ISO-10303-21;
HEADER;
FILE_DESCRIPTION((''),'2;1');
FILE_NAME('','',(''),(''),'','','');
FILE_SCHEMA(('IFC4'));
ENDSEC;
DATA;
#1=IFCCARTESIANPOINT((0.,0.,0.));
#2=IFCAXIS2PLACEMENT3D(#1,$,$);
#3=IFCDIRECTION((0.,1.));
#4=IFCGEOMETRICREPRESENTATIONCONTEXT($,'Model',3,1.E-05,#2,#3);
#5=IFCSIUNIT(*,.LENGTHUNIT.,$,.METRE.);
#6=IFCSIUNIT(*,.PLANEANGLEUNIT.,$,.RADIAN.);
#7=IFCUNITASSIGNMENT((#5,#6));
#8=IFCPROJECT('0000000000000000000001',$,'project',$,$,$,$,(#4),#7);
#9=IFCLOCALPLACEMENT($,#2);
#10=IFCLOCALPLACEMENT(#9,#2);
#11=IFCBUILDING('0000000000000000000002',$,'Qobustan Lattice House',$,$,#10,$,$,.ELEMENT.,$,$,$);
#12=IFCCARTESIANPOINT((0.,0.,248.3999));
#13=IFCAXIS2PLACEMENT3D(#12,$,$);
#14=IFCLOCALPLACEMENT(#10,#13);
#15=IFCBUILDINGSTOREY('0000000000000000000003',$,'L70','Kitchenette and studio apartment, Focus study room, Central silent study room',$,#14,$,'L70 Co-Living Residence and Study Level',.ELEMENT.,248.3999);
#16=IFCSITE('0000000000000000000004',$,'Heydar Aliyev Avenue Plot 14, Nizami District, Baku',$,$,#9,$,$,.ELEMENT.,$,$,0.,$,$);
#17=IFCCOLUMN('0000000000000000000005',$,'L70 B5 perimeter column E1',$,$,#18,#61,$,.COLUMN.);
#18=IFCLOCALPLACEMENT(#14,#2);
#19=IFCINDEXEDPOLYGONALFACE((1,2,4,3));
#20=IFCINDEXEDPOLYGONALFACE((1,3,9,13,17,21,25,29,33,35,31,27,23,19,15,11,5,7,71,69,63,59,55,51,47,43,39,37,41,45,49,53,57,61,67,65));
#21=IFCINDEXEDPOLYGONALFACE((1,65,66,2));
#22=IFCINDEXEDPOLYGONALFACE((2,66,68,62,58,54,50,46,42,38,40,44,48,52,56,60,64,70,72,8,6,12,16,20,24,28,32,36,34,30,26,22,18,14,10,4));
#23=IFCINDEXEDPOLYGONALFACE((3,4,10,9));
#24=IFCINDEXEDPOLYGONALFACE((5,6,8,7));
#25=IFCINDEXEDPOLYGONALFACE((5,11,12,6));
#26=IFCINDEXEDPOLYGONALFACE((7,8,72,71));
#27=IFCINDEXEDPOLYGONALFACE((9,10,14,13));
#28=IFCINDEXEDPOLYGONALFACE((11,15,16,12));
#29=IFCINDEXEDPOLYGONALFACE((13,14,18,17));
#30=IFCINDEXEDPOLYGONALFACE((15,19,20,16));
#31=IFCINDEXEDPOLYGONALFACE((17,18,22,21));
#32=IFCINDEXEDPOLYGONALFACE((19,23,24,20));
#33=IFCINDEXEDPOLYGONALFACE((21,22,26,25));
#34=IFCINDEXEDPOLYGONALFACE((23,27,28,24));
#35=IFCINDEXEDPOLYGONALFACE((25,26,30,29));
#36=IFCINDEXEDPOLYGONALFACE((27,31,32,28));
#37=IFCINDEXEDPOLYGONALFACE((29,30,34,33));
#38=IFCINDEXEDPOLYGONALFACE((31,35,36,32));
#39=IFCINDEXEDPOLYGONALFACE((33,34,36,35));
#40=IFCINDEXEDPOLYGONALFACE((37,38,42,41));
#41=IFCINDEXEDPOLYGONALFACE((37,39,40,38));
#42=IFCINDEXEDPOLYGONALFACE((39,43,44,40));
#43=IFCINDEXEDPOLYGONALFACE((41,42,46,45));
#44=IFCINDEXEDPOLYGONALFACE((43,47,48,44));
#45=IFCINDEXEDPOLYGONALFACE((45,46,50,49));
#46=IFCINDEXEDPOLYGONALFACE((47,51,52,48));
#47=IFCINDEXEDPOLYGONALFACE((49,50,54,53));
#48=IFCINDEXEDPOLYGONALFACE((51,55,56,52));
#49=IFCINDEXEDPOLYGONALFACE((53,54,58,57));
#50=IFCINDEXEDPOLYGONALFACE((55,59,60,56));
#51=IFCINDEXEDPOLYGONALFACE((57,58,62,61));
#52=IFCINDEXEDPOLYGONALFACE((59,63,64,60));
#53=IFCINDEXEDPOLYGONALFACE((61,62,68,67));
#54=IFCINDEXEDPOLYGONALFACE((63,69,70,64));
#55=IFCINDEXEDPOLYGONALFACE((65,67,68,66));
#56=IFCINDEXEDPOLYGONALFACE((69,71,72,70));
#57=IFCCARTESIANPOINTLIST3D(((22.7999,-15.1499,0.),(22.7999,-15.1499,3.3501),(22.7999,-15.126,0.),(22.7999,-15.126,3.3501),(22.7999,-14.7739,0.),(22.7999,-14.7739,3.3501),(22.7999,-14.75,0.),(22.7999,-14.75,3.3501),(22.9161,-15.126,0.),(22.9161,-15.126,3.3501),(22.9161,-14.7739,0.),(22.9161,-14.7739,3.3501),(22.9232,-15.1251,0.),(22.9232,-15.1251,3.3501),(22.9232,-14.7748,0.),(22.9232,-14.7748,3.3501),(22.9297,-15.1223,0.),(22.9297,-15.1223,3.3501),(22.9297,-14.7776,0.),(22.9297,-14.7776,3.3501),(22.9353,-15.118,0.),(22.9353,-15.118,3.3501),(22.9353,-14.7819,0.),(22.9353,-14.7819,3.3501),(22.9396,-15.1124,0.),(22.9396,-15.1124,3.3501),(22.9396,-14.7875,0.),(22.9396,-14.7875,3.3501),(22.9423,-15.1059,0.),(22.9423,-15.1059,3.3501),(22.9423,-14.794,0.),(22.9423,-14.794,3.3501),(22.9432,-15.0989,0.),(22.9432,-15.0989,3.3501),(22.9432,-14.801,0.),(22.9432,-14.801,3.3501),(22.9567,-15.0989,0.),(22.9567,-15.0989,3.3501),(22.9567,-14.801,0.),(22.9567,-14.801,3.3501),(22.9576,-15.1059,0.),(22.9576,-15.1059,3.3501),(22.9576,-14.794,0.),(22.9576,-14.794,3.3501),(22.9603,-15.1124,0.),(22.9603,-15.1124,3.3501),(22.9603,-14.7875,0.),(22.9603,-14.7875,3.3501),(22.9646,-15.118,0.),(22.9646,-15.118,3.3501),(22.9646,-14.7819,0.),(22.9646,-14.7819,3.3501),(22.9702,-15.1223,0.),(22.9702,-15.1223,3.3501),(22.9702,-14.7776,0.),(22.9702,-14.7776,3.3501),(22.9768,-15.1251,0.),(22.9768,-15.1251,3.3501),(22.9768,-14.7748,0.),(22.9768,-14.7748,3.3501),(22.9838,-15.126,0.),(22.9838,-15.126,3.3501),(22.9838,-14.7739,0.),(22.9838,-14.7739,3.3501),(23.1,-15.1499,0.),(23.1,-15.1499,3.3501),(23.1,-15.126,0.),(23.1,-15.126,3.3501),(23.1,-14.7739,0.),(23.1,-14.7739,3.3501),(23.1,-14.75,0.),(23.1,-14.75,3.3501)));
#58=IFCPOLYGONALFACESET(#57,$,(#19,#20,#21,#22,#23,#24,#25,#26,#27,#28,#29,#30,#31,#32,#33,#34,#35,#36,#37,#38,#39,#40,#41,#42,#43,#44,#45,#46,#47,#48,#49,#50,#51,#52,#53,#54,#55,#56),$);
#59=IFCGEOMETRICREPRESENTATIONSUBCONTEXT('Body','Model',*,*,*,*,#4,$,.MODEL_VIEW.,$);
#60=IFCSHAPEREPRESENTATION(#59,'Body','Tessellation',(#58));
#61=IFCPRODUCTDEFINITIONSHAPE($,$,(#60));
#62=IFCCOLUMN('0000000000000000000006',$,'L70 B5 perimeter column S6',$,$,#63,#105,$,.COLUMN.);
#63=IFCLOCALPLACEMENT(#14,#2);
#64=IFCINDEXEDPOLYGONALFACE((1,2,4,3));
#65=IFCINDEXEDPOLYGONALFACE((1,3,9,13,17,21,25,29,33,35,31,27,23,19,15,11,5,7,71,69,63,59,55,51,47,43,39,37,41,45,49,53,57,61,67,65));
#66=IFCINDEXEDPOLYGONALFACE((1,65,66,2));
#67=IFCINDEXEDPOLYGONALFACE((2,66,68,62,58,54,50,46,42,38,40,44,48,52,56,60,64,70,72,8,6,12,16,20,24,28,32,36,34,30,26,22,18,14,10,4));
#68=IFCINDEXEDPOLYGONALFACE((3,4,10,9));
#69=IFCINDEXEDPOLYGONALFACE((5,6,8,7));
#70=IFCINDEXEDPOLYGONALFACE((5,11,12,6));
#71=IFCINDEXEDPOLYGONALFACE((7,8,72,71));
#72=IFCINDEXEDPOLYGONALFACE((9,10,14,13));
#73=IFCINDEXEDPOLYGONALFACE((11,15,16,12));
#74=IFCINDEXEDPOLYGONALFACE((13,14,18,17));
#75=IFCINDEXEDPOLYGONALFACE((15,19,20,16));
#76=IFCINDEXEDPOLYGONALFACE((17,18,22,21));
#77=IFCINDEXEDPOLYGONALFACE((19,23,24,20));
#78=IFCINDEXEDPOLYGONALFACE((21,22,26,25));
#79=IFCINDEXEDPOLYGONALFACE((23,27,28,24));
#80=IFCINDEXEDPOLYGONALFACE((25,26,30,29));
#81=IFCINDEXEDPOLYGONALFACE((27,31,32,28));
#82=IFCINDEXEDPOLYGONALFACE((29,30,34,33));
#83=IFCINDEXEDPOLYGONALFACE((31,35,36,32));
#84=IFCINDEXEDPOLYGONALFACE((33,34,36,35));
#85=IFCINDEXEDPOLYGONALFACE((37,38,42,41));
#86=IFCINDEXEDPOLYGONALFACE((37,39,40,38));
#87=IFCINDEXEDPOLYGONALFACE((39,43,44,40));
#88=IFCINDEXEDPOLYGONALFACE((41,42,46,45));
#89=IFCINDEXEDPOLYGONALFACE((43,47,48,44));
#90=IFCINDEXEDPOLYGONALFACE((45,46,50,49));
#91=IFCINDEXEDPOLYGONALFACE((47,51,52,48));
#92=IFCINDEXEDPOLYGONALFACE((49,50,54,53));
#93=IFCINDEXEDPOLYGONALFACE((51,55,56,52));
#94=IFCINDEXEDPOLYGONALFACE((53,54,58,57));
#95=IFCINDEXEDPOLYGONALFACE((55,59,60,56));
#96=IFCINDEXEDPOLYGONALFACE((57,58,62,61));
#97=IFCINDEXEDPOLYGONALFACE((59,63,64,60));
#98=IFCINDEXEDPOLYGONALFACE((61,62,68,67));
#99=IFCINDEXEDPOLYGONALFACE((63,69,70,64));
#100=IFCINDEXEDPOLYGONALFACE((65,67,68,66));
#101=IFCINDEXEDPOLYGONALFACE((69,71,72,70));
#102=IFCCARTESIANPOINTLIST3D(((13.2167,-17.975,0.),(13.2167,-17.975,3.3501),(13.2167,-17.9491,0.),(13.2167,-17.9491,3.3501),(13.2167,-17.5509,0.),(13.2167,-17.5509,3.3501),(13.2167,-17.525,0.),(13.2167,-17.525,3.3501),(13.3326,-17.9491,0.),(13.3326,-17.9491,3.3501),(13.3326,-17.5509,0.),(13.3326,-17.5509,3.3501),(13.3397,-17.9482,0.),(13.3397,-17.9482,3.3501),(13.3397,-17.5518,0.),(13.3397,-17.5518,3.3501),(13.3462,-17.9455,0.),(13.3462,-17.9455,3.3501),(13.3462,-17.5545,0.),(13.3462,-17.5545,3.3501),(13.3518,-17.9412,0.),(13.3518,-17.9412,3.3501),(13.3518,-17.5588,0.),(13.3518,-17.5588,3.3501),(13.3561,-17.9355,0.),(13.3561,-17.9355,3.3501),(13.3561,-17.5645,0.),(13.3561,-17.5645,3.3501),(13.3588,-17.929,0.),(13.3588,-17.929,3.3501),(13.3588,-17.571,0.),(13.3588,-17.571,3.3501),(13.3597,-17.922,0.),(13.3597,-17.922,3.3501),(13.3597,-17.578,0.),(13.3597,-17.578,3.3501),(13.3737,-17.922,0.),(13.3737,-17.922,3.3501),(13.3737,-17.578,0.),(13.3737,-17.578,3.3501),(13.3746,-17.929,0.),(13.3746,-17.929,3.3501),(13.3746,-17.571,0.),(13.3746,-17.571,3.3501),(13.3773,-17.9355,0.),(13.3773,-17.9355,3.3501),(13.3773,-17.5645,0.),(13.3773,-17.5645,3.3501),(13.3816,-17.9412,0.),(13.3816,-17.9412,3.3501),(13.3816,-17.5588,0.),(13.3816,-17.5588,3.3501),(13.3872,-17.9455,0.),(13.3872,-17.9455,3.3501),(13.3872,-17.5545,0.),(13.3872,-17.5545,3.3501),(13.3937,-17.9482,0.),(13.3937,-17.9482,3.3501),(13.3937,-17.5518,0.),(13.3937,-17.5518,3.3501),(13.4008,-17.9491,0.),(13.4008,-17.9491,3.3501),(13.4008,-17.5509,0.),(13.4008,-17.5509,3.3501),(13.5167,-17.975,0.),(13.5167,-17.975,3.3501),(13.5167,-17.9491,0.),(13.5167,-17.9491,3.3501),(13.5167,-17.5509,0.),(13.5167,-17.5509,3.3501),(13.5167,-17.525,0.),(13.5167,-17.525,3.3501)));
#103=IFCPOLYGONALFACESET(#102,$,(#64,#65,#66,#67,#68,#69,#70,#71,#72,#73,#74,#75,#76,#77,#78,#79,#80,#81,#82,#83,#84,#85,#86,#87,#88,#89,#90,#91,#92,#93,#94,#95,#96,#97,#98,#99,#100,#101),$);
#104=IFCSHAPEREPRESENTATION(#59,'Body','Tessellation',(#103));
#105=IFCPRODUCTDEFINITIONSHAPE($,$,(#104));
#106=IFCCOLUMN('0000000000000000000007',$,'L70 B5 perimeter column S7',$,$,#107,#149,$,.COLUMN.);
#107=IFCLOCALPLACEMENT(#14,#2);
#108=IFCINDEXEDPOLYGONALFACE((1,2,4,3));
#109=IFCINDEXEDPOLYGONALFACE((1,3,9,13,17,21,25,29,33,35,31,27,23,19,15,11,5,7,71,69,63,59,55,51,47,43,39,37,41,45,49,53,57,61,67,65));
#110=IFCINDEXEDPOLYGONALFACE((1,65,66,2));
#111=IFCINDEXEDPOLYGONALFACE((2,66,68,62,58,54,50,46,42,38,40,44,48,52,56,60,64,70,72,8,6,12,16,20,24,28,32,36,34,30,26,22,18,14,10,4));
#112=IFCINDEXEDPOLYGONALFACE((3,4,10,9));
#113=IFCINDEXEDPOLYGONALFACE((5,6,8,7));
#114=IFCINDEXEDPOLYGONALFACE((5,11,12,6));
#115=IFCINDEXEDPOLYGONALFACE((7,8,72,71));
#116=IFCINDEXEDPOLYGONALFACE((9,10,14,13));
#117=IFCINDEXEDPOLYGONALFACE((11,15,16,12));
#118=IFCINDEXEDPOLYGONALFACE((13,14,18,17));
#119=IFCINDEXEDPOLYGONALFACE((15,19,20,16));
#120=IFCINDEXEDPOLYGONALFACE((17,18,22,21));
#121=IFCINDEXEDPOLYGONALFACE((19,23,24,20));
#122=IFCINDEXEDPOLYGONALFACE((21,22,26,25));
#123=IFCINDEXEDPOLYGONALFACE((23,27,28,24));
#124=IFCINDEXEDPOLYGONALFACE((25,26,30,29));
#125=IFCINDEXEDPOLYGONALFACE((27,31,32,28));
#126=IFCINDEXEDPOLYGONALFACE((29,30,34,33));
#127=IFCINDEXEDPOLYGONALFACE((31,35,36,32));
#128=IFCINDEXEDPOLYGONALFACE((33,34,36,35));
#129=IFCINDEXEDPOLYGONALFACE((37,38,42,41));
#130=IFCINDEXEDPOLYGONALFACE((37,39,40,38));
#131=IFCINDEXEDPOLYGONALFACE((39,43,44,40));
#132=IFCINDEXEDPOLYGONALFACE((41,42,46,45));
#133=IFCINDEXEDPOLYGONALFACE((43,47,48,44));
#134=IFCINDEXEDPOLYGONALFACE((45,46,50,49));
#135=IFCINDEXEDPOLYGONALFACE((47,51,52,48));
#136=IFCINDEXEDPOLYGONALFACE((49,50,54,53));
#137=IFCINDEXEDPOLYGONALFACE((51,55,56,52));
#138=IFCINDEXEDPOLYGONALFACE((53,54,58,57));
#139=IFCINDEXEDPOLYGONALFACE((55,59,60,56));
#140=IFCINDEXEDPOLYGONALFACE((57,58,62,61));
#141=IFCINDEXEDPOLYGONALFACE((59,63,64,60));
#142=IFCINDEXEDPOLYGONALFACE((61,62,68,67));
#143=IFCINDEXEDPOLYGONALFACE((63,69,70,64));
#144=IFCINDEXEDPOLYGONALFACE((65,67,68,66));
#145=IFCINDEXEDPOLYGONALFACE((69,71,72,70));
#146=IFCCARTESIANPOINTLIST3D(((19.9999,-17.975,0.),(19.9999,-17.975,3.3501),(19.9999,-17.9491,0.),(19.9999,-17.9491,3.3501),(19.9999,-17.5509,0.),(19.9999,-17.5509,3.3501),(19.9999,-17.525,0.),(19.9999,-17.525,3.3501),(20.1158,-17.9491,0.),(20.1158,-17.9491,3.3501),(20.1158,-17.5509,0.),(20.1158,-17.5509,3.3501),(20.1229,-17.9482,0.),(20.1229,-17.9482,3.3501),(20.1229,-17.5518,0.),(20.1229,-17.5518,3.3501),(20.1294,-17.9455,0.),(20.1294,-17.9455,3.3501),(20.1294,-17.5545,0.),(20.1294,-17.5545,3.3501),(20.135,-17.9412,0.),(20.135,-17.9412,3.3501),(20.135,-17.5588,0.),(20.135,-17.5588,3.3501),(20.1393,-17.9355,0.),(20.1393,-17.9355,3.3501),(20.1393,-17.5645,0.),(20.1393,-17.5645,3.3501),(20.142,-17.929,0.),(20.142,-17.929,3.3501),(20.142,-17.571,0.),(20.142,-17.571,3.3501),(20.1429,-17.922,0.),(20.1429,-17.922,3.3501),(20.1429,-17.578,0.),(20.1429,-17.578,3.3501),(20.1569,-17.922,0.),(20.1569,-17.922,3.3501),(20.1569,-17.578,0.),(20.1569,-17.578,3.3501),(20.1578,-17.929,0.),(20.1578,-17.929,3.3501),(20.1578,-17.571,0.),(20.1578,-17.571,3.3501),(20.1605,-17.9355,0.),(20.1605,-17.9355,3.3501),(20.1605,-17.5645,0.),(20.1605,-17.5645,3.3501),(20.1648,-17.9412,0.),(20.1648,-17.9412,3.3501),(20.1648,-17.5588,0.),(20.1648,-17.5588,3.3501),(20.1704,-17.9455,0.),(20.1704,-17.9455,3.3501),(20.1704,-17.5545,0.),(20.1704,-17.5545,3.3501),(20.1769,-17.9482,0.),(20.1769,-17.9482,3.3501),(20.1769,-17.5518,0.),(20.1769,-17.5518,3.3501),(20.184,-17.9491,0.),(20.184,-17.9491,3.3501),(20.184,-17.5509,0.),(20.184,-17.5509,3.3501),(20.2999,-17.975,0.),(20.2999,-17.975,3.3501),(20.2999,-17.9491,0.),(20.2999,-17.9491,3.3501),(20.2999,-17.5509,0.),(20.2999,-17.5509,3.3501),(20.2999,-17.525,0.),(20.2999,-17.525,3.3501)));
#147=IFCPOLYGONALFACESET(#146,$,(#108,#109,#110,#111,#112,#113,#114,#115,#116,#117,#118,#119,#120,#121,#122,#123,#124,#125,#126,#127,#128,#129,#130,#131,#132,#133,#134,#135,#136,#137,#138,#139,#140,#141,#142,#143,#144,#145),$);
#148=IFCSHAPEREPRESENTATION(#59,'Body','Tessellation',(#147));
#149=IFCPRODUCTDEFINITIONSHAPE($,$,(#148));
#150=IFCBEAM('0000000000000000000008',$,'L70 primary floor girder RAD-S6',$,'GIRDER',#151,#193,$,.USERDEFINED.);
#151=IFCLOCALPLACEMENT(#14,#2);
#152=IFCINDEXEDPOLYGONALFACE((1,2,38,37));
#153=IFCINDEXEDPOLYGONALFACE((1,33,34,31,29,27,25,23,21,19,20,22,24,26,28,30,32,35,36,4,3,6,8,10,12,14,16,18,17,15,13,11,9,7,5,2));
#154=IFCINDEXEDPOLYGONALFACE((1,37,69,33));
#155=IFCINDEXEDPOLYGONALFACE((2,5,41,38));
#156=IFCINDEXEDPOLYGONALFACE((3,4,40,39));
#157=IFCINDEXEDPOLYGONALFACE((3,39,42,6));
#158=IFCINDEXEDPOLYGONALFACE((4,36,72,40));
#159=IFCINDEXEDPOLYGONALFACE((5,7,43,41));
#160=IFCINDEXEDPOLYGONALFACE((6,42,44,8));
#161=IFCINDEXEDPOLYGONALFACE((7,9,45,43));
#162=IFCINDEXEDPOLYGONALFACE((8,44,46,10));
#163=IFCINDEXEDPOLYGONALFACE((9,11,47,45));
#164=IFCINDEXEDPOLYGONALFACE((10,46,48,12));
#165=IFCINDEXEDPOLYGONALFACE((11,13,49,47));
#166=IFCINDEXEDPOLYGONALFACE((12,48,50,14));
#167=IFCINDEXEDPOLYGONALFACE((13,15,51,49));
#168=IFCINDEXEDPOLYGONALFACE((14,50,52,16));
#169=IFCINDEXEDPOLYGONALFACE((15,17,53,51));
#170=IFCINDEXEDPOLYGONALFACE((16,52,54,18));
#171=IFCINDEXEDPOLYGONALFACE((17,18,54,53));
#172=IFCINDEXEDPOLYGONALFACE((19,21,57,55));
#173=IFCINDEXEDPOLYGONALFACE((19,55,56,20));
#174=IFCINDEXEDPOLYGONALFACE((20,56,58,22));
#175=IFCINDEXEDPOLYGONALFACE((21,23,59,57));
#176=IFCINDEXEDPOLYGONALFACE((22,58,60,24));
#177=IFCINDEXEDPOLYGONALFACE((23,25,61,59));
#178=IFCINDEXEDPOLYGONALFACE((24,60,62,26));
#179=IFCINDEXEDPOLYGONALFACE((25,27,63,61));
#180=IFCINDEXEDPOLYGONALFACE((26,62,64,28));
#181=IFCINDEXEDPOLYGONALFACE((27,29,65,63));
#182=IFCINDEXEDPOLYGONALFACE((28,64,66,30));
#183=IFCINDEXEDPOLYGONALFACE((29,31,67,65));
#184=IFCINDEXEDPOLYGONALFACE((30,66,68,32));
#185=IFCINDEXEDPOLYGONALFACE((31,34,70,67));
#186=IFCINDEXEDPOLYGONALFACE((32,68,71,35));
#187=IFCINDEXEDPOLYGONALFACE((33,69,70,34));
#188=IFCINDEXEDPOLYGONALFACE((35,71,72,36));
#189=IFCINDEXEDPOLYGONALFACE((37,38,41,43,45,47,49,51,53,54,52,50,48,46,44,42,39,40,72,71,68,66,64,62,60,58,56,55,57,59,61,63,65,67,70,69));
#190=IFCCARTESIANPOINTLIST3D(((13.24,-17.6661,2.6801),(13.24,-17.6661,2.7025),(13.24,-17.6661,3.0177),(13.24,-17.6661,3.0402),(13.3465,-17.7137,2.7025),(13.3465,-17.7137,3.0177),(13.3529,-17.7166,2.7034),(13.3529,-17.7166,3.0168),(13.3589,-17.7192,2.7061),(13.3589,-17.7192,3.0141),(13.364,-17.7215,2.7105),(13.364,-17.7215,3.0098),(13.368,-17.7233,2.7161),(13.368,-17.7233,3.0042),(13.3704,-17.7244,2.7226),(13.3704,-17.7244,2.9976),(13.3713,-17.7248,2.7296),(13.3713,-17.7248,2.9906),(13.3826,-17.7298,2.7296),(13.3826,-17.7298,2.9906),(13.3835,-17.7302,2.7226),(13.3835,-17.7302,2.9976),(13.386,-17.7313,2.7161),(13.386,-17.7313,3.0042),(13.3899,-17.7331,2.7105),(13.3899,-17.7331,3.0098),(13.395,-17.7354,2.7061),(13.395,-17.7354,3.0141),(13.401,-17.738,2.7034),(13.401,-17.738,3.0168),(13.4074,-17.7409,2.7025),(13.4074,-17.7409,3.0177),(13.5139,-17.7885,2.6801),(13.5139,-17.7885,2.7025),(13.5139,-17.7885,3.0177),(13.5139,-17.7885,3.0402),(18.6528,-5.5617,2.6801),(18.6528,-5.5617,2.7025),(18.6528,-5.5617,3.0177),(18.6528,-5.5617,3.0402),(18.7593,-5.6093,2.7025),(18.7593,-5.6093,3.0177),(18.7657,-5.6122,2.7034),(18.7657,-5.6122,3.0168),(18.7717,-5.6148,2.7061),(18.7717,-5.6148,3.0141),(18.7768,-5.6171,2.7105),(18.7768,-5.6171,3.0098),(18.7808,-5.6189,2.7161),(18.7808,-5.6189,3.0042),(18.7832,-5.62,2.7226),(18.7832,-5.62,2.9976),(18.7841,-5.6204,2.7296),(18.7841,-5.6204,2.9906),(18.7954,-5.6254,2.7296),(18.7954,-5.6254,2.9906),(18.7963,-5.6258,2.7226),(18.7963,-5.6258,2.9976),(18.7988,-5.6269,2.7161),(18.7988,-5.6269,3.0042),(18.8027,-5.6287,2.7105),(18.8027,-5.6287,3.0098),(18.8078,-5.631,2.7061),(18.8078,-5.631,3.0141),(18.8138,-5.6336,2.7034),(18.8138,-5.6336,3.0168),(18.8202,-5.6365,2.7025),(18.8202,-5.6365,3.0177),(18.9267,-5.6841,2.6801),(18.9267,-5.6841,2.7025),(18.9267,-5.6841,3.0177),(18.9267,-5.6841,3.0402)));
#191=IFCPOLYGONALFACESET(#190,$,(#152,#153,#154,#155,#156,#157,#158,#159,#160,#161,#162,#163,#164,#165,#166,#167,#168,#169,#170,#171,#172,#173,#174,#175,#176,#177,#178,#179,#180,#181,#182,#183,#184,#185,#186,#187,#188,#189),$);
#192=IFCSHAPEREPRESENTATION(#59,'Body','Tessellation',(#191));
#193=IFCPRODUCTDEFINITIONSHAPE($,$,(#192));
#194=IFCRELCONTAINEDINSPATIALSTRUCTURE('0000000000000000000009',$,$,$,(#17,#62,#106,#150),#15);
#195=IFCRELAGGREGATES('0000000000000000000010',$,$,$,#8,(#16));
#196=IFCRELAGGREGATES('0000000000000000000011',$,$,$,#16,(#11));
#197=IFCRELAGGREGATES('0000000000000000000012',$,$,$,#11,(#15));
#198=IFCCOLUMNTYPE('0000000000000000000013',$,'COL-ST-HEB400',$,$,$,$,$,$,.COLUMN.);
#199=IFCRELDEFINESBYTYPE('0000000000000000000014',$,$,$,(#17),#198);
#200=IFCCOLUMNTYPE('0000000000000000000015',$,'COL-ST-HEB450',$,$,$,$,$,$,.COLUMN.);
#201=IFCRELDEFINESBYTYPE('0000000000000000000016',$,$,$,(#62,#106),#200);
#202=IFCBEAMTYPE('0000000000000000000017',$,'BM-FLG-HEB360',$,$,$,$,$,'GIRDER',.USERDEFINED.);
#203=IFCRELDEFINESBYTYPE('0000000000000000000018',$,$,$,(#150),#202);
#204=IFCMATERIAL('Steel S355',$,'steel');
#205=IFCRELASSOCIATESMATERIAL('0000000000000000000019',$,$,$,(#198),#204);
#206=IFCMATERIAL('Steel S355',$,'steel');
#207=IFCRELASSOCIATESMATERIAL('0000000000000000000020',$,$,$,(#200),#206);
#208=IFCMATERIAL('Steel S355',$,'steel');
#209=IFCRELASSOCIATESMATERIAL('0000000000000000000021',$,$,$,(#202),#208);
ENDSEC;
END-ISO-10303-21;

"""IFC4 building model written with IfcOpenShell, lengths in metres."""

from ifc_helpers import new_model, si_unit, direction, frame, origin, origin_2d, place, context, subcontext, project, spatial, i_section, extrude, material, material_profile, profile_set, type_object, element, save


model = new_model("IFC4")

# Units and contexts
model_context = context("Model", 3, precision=1e-05, world=origin(), true_north=direction((0.0, 1.0)))
body_context = subcontext(model_context, "Body", "Model", "MODEL_VIEW")
ifc_project = project(units=[si_unit("LENGTHUNIT", "METRE"), si_unit("PLANEANGLEUNIT", "RADIAN")], contexts=[model_context])

# Site, building, storey
site_placement = place(None, origin())
site = spatial("IfcSite", under=ifc_project, at=site_placement, Name="Heydar Aliyev Avenue Plot 14, Nizami District, Baku", CompositionType="ELEMENT", RefElevation=0.0)
building_placement = place(site_placement, origin())
building = spatial("IfcBuilding", under=site, at=building_placement, Name="Qobustan Lattice House", CompositionType="ELEMENT")
storey_placement = place(building_placement, frame((0.0, 0.0, 248.3999)))
storey = spatial("IfcBuildingStorey", under=building, at=storey_placement, Name="L70", Description="Kitchenette and studio apartment, Focus study room, Central silent study room", LongName="L70 Co-Living Residence and Study Level", CompositionType="ELEMENT", Elevation=248.3999)

# Columns
ifc_material_1 = material(Name="Steel S355", Category="steel")
ifc_material_profile_1 = material_profile(ifc_material_1, i_section(OverallWidth=0.3, OverallDepth=0.3999, WebThickness=0.0134, FlangeThickness=0.0239, FilletRadius=0.0271, at=origin_2d()), Name="HEB400")
ifc_profile_set_1 = profile_set([ifc_material_profile_1], Name="Steel S355")
column_type_1 = type_object("IfcColumnType", Name="COL-ST-HEB400", PredefinedType="COLUMN", material=ifc_profile_set_1)
column_placement = place(storey_placement, frame((22.95, -14.95, 0.0), z_axis=(0.0, 0.0, 1.0), x_axis=(1.0, 0.0, 0.0)))
element("IfcColumn", 1, at=column_placement, inside=storey, type_object=column_type_1, Name="L70 B5 perimeter column E1", PredefinedType="COLUMN", context=body_context, shape_type="SweptSolid", body=[
    extrude(i_section(OverallWidth=0.3, OverallDepth=0.3999, WebThickness=0.0134, FlangeThickness=0.0239, FilletRadius=0.0271, at=origin_2d()), origin(), (0.0, 0.0, 1.0), 3.3501),
])
ifc_material_2 = material(Name="Steel S355", Category="steel")
ifc_material_profile_2 = material_profile(ifc_material_2, i_section(OverallWidth=0.3, OverallDepth=0.45, WebThickness=0.0139, FlangeThickness=0.0259, FilletRadius=0.0271, at=origin_2d()), Name="HEB450")
ifc_profile_set_2 = profile_set([ifc_material_profile_2], Name="Steel S355")
column_type_2 = type_object("IfcColumnType", Name="COL-ST-HEB450", PredefinedType="COLUMN", material=ifc_profile_set_2)
for number, where, z_axis, x_axis, name in (
    (2, (13.3667, -17.75, 0.0), (0.0, 0.0, 1.0), (1.0, 0.0, 0.0), "L70 B5 perimeter column S6"),
    (3, (20.1499, -17.75, 0.0), (0.0, 0.0, 1.0), (1.0, 0.0, 0.0), "L70 B5 perimeter column S7"),
):
    element("IfcColumn", number, at=place(storey_placement, frame(where, z_axis=z_axis, x_axis=x_axis)), inside=storey, type_object=column_type_2, Name=name, PredefinedType="COLUMN", context=body_context, shape_type="SweptSolid", body=[
        extrude(i_section(OverallWidth=0.3, OverallDepth=0.45, WebThickness=0.0139, FlangeThickness=0.0259, FilletRadius=0.0271, at=origin_2d()), origin(), (0.0, 0.0, 1.0), 3.3501),
    ])

# Beam
ifc_material_3 = material(Name="Steel S355", Category="steel")
ifc_material_profile_3 = material_profile(ifc_material_3, i_section(OverallWidth=0.3, OverallDepth=0.3601, WebThickness=0.0125, FlangeThickness=0.0225, FilletRadius=0.0271, at=origin_2d()), Name="HEB360")
ifc_profile_set_3 = profile_set([ifc_material_profile_3], Name="Steel S355")
beam_type_1 = type_object("IfcBeamType", Name="BM-FLG-HEB360", ElementType="GIRDER", PredefinedType="USERDEFINED", material=ifc_profile_set_3)
beam_1_placement = place(storey_placement, frame((13.377, -17.7273, 2.8601), z_axis=(0.40822, 0.912884, 0.0), x_axis=(-0.912884, 0.40822, 0.0)))
element("IfcBeam", 4, at=beam_1_placement, inside=storey, type_object=beam_type_1, Name="L70 primary floor girder RAD-S6", ObjectType="GIRDER", PredefinedType="USERDEFINED", context=body_context, shape_type="SweptSolid", body=[
    extrude(i_section(OverallWidth=0.3, OverallDepth=0.3601, WebThickness=0.0125, FlangeThickness=0.0225, FilletRadius=0.0271, at=origin_2d()), origin(), (0.0, 0.0, 1.0), 13.2595),
])

save(model, "model.ifc")
